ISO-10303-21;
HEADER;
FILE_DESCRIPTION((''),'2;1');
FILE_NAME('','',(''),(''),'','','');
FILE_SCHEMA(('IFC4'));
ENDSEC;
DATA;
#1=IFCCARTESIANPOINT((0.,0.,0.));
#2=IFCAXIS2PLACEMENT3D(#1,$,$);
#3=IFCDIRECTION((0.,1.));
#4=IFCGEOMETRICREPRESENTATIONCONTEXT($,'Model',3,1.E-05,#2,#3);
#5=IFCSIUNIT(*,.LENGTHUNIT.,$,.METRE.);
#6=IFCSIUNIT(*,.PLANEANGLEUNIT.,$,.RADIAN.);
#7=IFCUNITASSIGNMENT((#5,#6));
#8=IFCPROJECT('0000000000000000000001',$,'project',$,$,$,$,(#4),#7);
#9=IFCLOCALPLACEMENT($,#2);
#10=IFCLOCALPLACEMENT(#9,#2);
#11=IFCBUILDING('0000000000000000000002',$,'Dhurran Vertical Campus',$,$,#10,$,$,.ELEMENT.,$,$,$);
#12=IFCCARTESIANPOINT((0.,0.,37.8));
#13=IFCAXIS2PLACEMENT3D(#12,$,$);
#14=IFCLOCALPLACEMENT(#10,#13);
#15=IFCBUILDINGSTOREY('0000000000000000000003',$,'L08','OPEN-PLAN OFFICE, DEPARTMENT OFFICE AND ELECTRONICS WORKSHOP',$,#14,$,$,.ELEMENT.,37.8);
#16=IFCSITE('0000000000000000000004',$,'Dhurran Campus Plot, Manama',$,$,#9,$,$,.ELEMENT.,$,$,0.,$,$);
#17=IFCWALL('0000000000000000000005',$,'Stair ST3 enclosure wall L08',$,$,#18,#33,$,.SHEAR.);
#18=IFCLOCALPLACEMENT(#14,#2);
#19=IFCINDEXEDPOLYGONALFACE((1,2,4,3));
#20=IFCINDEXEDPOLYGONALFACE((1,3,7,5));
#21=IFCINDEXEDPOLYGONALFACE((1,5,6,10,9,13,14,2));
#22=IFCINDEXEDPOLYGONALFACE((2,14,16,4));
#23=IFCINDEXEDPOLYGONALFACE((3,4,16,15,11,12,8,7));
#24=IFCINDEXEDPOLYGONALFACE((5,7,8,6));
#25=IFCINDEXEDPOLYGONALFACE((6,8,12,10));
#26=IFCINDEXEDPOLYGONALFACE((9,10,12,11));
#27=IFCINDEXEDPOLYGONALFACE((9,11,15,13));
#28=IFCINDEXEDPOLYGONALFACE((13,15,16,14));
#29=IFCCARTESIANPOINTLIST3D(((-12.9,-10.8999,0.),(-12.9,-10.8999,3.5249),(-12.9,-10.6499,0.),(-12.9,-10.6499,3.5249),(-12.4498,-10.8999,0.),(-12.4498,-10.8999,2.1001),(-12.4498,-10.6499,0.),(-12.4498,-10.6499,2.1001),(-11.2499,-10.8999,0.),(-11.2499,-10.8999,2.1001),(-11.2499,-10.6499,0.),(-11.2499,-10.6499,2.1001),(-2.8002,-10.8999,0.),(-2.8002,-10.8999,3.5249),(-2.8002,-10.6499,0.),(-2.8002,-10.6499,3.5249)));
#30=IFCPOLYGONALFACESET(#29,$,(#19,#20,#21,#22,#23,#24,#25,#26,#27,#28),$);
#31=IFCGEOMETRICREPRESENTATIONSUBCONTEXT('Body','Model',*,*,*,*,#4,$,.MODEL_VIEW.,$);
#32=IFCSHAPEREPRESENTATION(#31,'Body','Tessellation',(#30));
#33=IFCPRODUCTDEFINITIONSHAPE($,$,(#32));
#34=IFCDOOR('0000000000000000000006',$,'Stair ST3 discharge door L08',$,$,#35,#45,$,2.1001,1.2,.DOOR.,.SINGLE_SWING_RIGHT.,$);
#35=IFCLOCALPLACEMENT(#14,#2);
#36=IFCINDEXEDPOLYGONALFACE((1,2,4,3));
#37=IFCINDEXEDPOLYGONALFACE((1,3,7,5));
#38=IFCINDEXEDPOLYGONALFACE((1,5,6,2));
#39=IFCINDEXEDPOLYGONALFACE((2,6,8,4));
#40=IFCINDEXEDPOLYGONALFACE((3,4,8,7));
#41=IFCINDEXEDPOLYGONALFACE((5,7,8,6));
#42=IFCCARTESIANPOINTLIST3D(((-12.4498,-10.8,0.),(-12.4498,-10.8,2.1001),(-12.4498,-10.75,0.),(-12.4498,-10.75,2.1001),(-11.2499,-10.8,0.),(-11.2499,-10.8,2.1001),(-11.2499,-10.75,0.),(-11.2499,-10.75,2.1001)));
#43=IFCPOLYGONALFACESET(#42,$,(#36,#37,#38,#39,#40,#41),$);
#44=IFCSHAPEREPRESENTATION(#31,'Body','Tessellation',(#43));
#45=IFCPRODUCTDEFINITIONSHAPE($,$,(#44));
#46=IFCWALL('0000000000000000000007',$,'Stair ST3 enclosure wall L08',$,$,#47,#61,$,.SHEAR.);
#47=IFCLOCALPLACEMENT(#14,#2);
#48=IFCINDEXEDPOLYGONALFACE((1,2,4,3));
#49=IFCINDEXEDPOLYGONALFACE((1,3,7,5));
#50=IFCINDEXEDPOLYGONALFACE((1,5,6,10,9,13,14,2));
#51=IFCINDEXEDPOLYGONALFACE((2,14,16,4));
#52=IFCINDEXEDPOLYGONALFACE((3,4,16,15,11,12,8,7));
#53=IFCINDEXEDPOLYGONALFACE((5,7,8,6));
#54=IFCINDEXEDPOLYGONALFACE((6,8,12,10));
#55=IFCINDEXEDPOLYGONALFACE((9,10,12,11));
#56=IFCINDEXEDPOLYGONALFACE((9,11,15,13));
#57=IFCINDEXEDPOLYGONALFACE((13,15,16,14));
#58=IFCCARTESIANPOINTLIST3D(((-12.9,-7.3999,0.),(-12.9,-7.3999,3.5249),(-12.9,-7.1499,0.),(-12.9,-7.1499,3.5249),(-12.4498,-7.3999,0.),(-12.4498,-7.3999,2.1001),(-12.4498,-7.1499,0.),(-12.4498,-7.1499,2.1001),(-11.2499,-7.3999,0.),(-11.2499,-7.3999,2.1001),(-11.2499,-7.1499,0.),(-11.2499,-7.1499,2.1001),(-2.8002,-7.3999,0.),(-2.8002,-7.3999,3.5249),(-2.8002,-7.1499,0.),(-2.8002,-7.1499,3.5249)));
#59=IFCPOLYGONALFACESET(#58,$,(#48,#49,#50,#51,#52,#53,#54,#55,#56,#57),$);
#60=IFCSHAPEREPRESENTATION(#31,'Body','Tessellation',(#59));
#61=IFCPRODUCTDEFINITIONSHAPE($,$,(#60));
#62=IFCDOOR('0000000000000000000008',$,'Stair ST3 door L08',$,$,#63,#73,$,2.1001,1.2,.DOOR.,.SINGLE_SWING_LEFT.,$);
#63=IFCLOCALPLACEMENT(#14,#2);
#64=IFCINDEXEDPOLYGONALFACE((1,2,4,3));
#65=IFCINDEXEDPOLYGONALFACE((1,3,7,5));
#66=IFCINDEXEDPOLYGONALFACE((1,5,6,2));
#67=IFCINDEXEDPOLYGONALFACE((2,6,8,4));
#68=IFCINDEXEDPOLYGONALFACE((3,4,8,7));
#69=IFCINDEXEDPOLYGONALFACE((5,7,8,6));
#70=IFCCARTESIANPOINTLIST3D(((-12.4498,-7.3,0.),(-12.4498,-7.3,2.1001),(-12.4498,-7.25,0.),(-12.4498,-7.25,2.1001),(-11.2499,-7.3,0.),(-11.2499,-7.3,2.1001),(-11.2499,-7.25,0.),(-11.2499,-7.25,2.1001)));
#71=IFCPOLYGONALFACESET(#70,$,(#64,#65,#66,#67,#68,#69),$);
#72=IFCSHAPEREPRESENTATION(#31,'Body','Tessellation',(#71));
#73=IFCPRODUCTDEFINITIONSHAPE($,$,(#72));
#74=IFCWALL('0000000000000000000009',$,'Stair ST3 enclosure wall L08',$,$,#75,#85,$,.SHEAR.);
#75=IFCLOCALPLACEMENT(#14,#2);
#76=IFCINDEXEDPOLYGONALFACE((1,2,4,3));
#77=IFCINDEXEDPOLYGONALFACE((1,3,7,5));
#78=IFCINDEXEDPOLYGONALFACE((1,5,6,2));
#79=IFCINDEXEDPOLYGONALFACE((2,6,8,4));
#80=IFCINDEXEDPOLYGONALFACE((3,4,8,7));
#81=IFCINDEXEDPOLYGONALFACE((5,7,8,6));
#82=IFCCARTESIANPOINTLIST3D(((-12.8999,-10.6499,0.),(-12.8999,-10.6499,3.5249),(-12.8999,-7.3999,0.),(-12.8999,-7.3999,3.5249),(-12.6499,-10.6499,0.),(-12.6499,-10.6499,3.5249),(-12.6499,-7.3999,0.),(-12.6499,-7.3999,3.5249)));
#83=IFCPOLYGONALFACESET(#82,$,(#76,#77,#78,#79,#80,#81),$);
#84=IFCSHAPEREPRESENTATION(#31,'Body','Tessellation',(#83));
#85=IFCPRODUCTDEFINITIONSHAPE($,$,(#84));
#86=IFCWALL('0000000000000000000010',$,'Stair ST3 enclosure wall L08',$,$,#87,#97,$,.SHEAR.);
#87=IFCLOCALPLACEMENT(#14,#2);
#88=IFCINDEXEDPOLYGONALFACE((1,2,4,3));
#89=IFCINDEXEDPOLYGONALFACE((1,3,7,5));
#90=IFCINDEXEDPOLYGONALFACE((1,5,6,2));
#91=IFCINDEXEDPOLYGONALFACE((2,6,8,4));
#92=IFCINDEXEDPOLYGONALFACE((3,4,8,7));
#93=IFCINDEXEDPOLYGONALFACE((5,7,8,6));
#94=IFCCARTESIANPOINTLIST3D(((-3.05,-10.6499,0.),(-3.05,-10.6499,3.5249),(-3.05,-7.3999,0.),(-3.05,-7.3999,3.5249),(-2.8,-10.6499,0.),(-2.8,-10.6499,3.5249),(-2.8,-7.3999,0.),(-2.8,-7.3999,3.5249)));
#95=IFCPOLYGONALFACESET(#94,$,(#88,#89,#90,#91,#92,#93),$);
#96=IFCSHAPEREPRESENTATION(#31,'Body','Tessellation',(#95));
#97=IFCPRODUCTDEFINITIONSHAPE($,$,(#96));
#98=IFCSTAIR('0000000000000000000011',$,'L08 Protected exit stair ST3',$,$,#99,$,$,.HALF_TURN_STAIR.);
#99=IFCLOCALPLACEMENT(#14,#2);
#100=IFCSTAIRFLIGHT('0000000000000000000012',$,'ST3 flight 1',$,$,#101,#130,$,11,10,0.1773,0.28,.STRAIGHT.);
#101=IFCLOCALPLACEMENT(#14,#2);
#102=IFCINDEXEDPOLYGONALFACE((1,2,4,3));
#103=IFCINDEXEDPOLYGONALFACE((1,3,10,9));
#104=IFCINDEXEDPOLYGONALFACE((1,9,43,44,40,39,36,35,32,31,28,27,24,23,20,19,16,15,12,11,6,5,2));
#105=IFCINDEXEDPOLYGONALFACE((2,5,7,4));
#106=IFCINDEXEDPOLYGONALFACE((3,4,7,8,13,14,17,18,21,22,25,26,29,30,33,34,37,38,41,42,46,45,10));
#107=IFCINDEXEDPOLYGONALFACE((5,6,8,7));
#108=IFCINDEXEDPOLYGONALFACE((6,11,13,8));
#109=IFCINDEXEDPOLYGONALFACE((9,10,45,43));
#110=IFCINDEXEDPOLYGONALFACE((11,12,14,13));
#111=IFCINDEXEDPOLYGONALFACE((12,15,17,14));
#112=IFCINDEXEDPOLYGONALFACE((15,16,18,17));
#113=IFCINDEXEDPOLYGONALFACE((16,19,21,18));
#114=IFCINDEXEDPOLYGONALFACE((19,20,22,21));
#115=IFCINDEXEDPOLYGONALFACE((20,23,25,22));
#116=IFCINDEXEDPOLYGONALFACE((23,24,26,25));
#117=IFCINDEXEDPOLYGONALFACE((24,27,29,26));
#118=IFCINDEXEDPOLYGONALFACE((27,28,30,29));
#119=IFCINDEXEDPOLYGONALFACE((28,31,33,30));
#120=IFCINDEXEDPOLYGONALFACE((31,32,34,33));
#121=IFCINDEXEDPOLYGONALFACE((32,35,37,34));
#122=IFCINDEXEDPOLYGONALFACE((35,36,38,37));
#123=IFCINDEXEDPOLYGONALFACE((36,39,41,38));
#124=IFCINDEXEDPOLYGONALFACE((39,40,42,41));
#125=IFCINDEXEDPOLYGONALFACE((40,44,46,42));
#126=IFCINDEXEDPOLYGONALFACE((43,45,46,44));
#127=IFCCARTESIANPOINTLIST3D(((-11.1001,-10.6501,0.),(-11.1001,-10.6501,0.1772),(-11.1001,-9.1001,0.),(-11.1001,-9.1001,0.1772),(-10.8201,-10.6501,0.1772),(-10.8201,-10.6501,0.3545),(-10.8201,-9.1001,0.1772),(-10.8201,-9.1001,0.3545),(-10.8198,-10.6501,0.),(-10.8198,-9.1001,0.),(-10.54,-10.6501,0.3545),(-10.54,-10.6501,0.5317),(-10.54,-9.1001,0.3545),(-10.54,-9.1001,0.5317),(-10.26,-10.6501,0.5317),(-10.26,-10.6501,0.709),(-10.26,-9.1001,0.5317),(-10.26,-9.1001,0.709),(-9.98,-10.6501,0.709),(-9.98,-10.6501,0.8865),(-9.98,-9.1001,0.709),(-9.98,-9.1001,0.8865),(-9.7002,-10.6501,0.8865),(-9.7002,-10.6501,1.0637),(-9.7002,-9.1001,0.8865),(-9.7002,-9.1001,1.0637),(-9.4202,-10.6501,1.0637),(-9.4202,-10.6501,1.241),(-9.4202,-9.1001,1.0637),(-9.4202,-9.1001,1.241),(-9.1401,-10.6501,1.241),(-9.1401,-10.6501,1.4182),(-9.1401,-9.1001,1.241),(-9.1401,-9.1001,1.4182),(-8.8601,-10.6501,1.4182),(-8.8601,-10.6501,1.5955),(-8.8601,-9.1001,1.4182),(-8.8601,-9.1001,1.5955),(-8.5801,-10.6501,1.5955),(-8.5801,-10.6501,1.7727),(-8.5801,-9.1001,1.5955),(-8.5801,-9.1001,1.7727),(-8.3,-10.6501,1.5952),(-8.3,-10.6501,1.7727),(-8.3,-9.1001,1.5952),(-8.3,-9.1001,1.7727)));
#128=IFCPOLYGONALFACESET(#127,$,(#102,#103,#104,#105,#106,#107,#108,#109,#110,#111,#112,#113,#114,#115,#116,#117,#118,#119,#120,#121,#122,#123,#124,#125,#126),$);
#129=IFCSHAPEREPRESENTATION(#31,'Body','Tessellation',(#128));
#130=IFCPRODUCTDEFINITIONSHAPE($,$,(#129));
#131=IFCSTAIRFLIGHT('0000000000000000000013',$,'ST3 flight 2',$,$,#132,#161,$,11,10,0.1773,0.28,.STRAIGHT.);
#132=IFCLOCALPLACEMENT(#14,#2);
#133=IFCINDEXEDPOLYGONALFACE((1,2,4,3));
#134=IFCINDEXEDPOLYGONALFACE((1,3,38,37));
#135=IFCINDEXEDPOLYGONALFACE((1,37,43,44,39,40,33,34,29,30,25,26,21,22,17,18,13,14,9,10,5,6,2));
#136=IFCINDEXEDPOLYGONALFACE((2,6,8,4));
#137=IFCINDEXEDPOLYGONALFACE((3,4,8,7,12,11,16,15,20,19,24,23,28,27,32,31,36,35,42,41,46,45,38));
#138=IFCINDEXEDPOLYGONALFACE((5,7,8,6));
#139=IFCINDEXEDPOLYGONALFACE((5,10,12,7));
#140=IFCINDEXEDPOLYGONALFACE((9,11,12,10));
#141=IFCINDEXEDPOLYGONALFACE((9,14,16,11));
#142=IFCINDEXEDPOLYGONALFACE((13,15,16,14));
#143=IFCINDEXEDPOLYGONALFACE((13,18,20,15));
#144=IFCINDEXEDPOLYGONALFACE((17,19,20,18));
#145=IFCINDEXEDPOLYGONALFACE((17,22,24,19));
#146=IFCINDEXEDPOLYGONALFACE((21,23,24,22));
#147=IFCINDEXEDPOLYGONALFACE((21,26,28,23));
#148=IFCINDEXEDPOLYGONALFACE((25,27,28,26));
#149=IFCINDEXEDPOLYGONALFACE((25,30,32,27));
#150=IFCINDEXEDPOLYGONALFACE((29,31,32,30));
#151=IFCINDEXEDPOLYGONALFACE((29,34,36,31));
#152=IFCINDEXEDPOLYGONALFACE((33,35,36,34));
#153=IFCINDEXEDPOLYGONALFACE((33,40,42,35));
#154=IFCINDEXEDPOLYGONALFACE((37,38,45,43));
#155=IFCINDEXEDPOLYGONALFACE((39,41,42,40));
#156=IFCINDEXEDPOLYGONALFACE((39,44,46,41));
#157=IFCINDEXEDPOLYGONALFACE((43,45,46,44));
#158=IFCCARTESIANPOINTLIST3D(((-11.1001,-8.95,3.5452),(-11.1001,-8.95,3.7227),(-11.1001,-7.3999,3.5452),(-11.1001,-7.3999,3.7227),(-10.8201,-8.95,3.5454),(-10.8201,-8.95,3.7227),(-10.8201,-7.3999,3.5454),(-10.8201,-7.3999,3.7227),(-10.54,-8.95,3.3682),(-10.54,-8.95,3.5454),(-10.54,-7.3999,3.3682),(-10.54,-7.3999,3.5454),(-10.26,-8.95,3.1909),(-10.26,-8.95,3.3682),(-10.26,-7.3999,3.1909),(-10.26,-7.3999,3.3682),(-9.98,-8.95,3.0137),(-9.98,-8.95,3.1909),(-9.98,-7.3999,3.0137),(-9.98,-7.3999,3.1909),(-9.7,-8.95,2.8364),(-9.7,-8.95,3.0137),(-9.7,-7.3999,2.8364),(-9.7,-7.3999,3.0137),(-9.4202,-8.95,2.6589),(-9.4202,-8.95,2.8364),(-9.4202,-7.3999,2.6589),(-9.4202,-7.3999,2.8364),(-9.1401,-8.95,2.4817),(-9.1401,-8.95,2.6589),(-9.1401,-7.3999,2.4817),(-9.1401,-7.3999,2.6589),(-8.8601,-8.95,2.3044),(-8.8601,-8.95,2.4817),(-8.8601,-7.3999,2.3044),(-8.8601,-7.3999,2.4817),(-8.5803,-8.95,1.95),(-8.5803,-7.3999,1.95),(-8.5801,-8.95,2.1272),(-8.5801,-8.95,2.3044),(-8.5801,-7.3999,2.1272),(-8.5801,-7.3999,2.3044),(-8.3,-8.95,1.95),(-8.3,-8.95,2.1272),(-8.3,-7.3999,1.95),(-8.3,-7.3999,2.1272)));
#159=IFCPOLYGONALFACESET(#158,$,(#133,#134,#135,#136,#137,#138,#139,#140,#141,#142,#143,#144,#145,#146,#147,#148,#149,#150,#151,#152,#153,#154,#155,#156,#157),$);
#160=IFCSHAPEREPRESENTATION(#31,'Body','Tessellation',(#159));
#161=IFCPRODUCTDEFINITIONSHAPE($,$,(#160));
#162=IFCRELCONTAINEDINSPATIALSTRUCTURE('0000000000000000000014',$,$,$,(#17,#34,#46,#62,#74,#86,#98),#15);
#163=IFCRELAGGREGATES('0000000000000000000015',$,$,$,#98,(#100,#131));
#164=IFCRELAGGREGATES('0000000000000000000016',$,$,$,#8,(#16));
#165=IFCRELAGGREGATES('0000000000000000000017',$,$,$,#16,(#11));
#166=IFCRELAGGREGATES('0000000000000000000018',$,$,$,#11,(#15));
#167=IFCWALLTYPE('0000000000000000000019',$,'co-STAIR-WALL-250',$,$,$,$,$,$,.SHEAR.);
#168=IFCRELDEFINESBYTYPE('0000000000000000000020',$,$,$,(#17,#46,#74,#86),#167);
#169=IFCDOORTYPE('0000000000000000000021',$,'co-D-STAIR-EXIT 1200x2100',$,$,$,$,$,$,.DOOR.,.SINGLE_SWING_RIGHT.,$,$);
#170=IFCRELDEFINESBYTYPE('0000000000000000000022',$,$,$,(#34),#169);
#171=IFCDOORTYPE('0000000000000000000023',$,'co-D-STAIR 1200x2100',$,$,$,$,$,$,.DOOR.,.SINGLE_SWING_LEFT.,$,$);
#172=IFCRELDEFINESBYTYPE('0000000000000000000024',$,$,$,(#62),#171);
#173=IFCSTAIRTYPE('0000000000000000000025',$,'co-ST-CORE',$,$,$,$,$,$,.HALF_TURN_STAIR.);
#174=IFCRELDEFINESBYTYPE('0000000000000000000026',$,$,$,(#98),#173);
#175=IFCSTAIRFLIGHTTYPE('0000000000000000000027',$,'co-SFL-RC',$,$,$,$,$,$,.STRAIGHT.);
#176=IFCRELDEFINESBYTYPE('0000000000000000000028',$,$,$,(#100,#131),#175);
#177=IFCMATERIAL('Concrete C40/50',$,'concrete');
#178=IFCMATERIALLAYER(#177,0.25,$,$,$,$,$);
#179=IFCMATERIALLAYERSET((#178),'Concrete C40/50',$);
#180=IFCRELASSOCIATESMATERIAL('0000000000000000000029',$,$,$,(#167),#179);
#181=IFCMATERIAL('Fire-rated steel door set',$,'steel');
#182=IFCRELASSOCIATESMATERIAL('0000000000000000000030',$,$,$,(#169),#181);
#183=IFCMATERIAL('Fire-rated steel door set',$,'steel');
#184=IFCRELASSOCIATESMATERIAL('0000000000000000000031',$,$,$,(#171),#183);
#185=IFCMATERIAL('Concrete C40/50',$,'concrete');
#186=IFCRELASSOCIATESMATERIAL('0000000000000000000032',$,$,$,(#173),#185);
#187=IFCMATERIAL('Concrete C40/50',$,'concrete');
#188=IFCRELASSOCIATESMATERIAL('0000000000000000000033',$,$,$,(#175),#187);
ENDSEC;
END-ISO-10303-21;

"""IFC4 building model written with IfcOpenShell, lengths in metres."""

from ifc_helpers import new_model, si_unit, direction, frame, frame_2d, origin, place, context, subcontext, project, spatial, polyline, rectangle, outline, extrude, material, layer, layer_set, type_object, element, fill, aggregate, save


model = new_model("IFC4")

# Units and contexts
model_context = context("Model", 3, precision=1e-05, world=origin(), true_north=direction((0.0, 1.0)))
body_context = subcontext(model_context, "Body", "Model", "MODEL_VIEW")
ifc_project = project(units=[si_unit("LENGTHUNIT", "METRE"), si_unit("PLANEANGLEUNIT", "RADIAN")], contexts=[model_context])

# Site, building, storey
site_placement = place(None, origin())
site = spatial("IfcSite", under=ifc_project, at=site_placement, Name="Dhurran Campus Plot, Manama", CompositionType="ELEMENT", RefElevation=0.0)
building_placement = place(site_placement, origin())
building = spatial("IfcBuilding", under=site, at=building_placement, Name="Dhurran Vertical Campus", CompositionType="ELEMENT")
storey_placement = place(building_placement, frame((0.0, 0.0, 37.8)))
storey = spatial("IfcBuildingStorey", under=building, at=storey_placement, Name="L08", Description="OPEN-PLAN OFFICE, DEPARTMENT OFFICE AND ELECTRONICS WORKSHOP", CompositionType="ELEMENT", Elevation=37.8)

# Walls, openings, doors
ifc_material_1 = material(Name="Concrete C40/50", Category="concrete")
ifc_layer_1 = layer(ifc_material_1, 0.25)
ifc_layer_set_1 = layer_set([ifc_layer_1], Name="Concrete C40/50")
wall_type_1 = type_object("IfcWallType", Name="co-STAIR-WALL-250", PredefinedType="SHEAR", material=ifc_layer_set_1)
wall_1_placement = place(storey_placement, frame((-12.8999, -10.7749, 0.0), z_axis=(0.0, 0.0, 1.0), x_axis=(1.0, 0.0, 0.0)))
wall_1 = element("IfcWall", 1, at=wall_1_placement, inside=storey, type_object=wall_type_1, Name="Stair ST3 enclosure wall L08", PredefinedType="SHEAR", context=body_context, shape_type="SweptSolid", body=[
    extrude(rectangle(XDim=10.0999, YDim=0.25, at=frame_2d((5.0498, 0.0))), origin(), (0.0, 0.0, 1.0), 3.5249),
])
opening_1_placement = place(wall_1_placement, frame((0.45, 0.0, 0.0)))
opening_1 = element("IfcOpeningElement", 2, at=opening_1_placement, cuts=wall_1, PredefinedType="OPENING", context=body_context, shape_type="SweptSolid", body=[
    extrude(rectangle(XDim=1.2, YDim=2.1001, at=frame_2d((0.6001, 1.05))), frame((0.0, 0.135, 0.0), z_axis=(0.0, -1.0, 0.0), x_axis=(1.0, 0.0, 0.0)), (0.0, 0.0, 1.0), 0.27),
])
ifc_material_2 = material(Name="Fire-rated steel door set", Category="steel")
door_type_1 = type_object("IfcDoorType", Name="co-D-STAIR-EXIT 1200x2100", OperationType="SINGLE_SWING_RIGHT", PredefinedType="DOOR", material=ifc_material_2)
door_1_placement = place(opening_1_placement, origin())
door_1 = element("IfcDoor", 3, at=door_1_placement, inside=storey, type_object=door_type_1, Name="Stair ST3 discharge door L08", OperationType="SINGLE_SWING_RIGHT", OverallHeight=2.1001, OverallWidth=1.2, PredefinedType="DOOR", context=body_context, shape_type="SweptSolid", body=[
    extrude(rectangle(XDim=1.2, YDim=2.1001, at=frame_2d((0.6001, 1.05))), frame((0.0, 0.0249, 0.0), z_axis=(0.0, -1.0, 0.0), x_axis=(1.0, 0.0, 0.0)), (0.0, 0.0, 1.0), 0.05),
])
fill(opening_1, door_1)
wall_2_placement = place(storey_placement, frame((-12.8999, -7.2749, 0.0), z_axis=(0.0, 0.0, 1.0), x_axis=(1.0, 0.0, 0.0)))
wall_2 = element("IfcWall", 4, at=wall_2_placement, inside=storey, type_object=wall_type_1, Name="Stair ST3 enclosure wall L08", PredefinedType="SHEAR", context=body_context, shape_type="SweptSolid", body=[
    extrude(rectangle(XDim=10.0999, YDim=0.25, at=frame_2d((5.0498, 0.0))), origin(), (0.0, 0.0, 1.0), 3.5249),
])
opening_2_placement = place(wall_2_placement, frame((0.45, 0.0, 0.0)))
opening_2 = element("IfcOpeningElement", 5, at=opening_2_placement, cuts=wall_2, PredefinedType="OPENING", context=body_context, shape_type="SweptSolid", body=[
    extrude(rectangle(XDim=1.2, YDim=2.1001, at=frame_2d((0.6001, 1.05))), frame((0.0, 0.135, 0.0), z_axis=(0.0, -1.0, 0.0), x_axis=(1.0, 0.0, 0.0)), (0.0, 0.0, 1.0), 0.27),
])
ifc_material_3 = material(Name="Fire-rated steel door set", Category="steel")
door_type_2 = type_object("IfcDoorType", Name="co-D-STAIR 1200x2100", OperationType="SINGLE_SWING_LEFT", PredefinedType="DOOR", material=ifc_material_3)
door_2_placement = place(opening_2_placement, origin())
door_2 = element("IfcDoor", 6, at=door_2_placement, inside=storey, type_object=door_type_2, Name="Stair ST3 door L08", OperationType="SINGLE_SWING_LEFT", OverallHeight=2.1001, OverallWidth=1.2, PredefinedType="DOOR", context=body_context, shape_type="SweptSolid", body=[
    extrude(rectangle(XDim=1.2, YDim=2.1001, at=frame_2d((0.6001, 1.05))), frame((0.0, 0.0249, 0.0), z_axis=(0.0, -1.0, 0.0), x_axis=(1.0, 0.0, 0.0)), (0.0, 0.0, 1.0), 0.05),
])
fill(opening_2, door_2)

# Walls
for number, where, z_axis, x_axis, name in (
    (7, (-12.7749, -10.6499, 0.0), (0.0, 0.0, 1.0), (0.0, 1.0, 0.0), "Stair ST3 enclosure wall L08"),
    (8, (-2.925, -10.6499, 0.0), (0.0, 0.0, 1.0), (0.0, 1.0, 0.0), "Stair ST3 enclosure wall L08"),
):
    element("IfcWall", number, at=place(storey_placement, frame(where, z_axis=z_axis, x_axis=x_axis)), inside=storey, type_object=wall_type_1, Name=name, PredefinedType="SHEAR", context=body_context, shape_type="SweptSolid", body=[
        extrude(rectangle(XDim=3.25, YDim=0.25, at=frame_2d((1.625, 0.0))), origin(), (0.0, 0.0, 1.0), 3.5249),
    ])

# Stair, stair flights
ifc_material_4 = material(Name="Concrete C40/50", Category="concrete")
stair_type = type_object("IfcStairType", Name="co-ST-CORE", PredefinedType="HALF_TURN_STAIR", material=ifc_material_4)
stair_placement = place(storey_placement, origin())
stair = element("IfcStair", 9, at=stair_placement, inside=storey, type_object=stair_type, Name="L08 Protected exit stair ST3", PredefinedType="HALF_TURN_STAIR")
ifc_material_5 = material(Name="Concrete C40/50", Category="concrete")
stair_flight_type = type_object("IfcStairFlightType", Name="co-SFL-RC", PredefinedType="STRAIGHT", material=ifc_material_5)
stair_flight_1_placement = place(storey_placement, frame((-11.1001, -9.875, 0.0), z_axis=(0.0, 0.0, 1.0), x_axis=(1.0, 0.0, 0.0)))
stair_flight_1 = element("IfcStairFlight", 10, at=stair_flight_1_placement, type_object=stair_flight_type, Name="ST3 flight 1", NumberOfRisers=11, NumberOfTreads=10, PredefinedType="STRAIGHT", RiserHeight=0.1773, TreadLength=0.28, context=body_context, shape_type="SweptSolid", body=[
    extrude(outline(polyline([(0.0, 0.0), (0.0, 0.1772), (0.28, 0.1772), (0.28, 0.3545), (0.5601, 0.3545), (0.5601, 0.5317), (0.8401, 0.5317), (0.8401, 0.709), (1.1201, 0.709), (1.1201, 0.8865), (1.3999, 0.8865), (1.3999, 1.0637), (1.6799, 1.0637), (1.6799, 1.241), (1.96, 1.241), (1.96, 1.4182), (2.24, 1.4182), (2.24, 1.5955), (2.52, 1.5955), (2.52, 1.7727), (2.8, 1.7727), (2.8, 1.95), (2.8, 1.5952), (0.2803, 0.0), (0.0, 0.0)])), frame((0.0, 0.7749, 0.0), z_axis=(0.0, -1.0, 0.0), x_axis=(1.0, 0.0, 0.0)), (0.0, 0.0, 1.0), 1.55),
])
stair_flight_2_placement = place(storey_placement, frame((-8.3, -8.175, 1.95), z_axis=(0.0, 0.0, 1.0), x_axis=(-1.0, 0.0, 0.0)))
stair_flight_2 = element("IfcStairFlight", 11, at=stair_flight_2_placement, type_object=stair_flight_type, Name="ST3 flight 2", NumberOfRisers=11, NumberOfTreads=10, PredefinedType="STRAIGHT", RiserHeight=0.1773, TreadLength=0.28, context=body_context, shape_type="SweptSolid", body=[
    extrude(outline(polyline([(0.0, 0.0), (0.0, 0.1772), (0.28, 0.1772), (0.28, 0.3545), (0.5601, 0.3545), (0.5601, 0.5317), (0.8401, 0.5317), (0.8401, 0.709), (1.1201, 0.709), (1.1201, 0.8865), (1.3999, 0.8865), (1.3999, 1.0637), (1.6799, 1.0637), (1.6799, 1.241), (1.96, 1.241), (1.96, 1.4182), (2.24, 1.4182), (2.24, 1.5955), (2.52, 1.5955), (2.52, 1.7727), (2.8, 1.7727), (2.8, 1.95), (2.8, 1.5952), (0.2803, 0.0), (0.0, 0.0)])), frame((0.0, 0.7749, 0.0), z_axis=(0.0, -1.0, 0.0), x_axis=(1.0, 0.0, 0.0)), (0.0, 0.0, 1.0), 1.55),
])
aggregate(stair, [stair_flight_1, stair_flight_2])

save(model, "model.ifc")
